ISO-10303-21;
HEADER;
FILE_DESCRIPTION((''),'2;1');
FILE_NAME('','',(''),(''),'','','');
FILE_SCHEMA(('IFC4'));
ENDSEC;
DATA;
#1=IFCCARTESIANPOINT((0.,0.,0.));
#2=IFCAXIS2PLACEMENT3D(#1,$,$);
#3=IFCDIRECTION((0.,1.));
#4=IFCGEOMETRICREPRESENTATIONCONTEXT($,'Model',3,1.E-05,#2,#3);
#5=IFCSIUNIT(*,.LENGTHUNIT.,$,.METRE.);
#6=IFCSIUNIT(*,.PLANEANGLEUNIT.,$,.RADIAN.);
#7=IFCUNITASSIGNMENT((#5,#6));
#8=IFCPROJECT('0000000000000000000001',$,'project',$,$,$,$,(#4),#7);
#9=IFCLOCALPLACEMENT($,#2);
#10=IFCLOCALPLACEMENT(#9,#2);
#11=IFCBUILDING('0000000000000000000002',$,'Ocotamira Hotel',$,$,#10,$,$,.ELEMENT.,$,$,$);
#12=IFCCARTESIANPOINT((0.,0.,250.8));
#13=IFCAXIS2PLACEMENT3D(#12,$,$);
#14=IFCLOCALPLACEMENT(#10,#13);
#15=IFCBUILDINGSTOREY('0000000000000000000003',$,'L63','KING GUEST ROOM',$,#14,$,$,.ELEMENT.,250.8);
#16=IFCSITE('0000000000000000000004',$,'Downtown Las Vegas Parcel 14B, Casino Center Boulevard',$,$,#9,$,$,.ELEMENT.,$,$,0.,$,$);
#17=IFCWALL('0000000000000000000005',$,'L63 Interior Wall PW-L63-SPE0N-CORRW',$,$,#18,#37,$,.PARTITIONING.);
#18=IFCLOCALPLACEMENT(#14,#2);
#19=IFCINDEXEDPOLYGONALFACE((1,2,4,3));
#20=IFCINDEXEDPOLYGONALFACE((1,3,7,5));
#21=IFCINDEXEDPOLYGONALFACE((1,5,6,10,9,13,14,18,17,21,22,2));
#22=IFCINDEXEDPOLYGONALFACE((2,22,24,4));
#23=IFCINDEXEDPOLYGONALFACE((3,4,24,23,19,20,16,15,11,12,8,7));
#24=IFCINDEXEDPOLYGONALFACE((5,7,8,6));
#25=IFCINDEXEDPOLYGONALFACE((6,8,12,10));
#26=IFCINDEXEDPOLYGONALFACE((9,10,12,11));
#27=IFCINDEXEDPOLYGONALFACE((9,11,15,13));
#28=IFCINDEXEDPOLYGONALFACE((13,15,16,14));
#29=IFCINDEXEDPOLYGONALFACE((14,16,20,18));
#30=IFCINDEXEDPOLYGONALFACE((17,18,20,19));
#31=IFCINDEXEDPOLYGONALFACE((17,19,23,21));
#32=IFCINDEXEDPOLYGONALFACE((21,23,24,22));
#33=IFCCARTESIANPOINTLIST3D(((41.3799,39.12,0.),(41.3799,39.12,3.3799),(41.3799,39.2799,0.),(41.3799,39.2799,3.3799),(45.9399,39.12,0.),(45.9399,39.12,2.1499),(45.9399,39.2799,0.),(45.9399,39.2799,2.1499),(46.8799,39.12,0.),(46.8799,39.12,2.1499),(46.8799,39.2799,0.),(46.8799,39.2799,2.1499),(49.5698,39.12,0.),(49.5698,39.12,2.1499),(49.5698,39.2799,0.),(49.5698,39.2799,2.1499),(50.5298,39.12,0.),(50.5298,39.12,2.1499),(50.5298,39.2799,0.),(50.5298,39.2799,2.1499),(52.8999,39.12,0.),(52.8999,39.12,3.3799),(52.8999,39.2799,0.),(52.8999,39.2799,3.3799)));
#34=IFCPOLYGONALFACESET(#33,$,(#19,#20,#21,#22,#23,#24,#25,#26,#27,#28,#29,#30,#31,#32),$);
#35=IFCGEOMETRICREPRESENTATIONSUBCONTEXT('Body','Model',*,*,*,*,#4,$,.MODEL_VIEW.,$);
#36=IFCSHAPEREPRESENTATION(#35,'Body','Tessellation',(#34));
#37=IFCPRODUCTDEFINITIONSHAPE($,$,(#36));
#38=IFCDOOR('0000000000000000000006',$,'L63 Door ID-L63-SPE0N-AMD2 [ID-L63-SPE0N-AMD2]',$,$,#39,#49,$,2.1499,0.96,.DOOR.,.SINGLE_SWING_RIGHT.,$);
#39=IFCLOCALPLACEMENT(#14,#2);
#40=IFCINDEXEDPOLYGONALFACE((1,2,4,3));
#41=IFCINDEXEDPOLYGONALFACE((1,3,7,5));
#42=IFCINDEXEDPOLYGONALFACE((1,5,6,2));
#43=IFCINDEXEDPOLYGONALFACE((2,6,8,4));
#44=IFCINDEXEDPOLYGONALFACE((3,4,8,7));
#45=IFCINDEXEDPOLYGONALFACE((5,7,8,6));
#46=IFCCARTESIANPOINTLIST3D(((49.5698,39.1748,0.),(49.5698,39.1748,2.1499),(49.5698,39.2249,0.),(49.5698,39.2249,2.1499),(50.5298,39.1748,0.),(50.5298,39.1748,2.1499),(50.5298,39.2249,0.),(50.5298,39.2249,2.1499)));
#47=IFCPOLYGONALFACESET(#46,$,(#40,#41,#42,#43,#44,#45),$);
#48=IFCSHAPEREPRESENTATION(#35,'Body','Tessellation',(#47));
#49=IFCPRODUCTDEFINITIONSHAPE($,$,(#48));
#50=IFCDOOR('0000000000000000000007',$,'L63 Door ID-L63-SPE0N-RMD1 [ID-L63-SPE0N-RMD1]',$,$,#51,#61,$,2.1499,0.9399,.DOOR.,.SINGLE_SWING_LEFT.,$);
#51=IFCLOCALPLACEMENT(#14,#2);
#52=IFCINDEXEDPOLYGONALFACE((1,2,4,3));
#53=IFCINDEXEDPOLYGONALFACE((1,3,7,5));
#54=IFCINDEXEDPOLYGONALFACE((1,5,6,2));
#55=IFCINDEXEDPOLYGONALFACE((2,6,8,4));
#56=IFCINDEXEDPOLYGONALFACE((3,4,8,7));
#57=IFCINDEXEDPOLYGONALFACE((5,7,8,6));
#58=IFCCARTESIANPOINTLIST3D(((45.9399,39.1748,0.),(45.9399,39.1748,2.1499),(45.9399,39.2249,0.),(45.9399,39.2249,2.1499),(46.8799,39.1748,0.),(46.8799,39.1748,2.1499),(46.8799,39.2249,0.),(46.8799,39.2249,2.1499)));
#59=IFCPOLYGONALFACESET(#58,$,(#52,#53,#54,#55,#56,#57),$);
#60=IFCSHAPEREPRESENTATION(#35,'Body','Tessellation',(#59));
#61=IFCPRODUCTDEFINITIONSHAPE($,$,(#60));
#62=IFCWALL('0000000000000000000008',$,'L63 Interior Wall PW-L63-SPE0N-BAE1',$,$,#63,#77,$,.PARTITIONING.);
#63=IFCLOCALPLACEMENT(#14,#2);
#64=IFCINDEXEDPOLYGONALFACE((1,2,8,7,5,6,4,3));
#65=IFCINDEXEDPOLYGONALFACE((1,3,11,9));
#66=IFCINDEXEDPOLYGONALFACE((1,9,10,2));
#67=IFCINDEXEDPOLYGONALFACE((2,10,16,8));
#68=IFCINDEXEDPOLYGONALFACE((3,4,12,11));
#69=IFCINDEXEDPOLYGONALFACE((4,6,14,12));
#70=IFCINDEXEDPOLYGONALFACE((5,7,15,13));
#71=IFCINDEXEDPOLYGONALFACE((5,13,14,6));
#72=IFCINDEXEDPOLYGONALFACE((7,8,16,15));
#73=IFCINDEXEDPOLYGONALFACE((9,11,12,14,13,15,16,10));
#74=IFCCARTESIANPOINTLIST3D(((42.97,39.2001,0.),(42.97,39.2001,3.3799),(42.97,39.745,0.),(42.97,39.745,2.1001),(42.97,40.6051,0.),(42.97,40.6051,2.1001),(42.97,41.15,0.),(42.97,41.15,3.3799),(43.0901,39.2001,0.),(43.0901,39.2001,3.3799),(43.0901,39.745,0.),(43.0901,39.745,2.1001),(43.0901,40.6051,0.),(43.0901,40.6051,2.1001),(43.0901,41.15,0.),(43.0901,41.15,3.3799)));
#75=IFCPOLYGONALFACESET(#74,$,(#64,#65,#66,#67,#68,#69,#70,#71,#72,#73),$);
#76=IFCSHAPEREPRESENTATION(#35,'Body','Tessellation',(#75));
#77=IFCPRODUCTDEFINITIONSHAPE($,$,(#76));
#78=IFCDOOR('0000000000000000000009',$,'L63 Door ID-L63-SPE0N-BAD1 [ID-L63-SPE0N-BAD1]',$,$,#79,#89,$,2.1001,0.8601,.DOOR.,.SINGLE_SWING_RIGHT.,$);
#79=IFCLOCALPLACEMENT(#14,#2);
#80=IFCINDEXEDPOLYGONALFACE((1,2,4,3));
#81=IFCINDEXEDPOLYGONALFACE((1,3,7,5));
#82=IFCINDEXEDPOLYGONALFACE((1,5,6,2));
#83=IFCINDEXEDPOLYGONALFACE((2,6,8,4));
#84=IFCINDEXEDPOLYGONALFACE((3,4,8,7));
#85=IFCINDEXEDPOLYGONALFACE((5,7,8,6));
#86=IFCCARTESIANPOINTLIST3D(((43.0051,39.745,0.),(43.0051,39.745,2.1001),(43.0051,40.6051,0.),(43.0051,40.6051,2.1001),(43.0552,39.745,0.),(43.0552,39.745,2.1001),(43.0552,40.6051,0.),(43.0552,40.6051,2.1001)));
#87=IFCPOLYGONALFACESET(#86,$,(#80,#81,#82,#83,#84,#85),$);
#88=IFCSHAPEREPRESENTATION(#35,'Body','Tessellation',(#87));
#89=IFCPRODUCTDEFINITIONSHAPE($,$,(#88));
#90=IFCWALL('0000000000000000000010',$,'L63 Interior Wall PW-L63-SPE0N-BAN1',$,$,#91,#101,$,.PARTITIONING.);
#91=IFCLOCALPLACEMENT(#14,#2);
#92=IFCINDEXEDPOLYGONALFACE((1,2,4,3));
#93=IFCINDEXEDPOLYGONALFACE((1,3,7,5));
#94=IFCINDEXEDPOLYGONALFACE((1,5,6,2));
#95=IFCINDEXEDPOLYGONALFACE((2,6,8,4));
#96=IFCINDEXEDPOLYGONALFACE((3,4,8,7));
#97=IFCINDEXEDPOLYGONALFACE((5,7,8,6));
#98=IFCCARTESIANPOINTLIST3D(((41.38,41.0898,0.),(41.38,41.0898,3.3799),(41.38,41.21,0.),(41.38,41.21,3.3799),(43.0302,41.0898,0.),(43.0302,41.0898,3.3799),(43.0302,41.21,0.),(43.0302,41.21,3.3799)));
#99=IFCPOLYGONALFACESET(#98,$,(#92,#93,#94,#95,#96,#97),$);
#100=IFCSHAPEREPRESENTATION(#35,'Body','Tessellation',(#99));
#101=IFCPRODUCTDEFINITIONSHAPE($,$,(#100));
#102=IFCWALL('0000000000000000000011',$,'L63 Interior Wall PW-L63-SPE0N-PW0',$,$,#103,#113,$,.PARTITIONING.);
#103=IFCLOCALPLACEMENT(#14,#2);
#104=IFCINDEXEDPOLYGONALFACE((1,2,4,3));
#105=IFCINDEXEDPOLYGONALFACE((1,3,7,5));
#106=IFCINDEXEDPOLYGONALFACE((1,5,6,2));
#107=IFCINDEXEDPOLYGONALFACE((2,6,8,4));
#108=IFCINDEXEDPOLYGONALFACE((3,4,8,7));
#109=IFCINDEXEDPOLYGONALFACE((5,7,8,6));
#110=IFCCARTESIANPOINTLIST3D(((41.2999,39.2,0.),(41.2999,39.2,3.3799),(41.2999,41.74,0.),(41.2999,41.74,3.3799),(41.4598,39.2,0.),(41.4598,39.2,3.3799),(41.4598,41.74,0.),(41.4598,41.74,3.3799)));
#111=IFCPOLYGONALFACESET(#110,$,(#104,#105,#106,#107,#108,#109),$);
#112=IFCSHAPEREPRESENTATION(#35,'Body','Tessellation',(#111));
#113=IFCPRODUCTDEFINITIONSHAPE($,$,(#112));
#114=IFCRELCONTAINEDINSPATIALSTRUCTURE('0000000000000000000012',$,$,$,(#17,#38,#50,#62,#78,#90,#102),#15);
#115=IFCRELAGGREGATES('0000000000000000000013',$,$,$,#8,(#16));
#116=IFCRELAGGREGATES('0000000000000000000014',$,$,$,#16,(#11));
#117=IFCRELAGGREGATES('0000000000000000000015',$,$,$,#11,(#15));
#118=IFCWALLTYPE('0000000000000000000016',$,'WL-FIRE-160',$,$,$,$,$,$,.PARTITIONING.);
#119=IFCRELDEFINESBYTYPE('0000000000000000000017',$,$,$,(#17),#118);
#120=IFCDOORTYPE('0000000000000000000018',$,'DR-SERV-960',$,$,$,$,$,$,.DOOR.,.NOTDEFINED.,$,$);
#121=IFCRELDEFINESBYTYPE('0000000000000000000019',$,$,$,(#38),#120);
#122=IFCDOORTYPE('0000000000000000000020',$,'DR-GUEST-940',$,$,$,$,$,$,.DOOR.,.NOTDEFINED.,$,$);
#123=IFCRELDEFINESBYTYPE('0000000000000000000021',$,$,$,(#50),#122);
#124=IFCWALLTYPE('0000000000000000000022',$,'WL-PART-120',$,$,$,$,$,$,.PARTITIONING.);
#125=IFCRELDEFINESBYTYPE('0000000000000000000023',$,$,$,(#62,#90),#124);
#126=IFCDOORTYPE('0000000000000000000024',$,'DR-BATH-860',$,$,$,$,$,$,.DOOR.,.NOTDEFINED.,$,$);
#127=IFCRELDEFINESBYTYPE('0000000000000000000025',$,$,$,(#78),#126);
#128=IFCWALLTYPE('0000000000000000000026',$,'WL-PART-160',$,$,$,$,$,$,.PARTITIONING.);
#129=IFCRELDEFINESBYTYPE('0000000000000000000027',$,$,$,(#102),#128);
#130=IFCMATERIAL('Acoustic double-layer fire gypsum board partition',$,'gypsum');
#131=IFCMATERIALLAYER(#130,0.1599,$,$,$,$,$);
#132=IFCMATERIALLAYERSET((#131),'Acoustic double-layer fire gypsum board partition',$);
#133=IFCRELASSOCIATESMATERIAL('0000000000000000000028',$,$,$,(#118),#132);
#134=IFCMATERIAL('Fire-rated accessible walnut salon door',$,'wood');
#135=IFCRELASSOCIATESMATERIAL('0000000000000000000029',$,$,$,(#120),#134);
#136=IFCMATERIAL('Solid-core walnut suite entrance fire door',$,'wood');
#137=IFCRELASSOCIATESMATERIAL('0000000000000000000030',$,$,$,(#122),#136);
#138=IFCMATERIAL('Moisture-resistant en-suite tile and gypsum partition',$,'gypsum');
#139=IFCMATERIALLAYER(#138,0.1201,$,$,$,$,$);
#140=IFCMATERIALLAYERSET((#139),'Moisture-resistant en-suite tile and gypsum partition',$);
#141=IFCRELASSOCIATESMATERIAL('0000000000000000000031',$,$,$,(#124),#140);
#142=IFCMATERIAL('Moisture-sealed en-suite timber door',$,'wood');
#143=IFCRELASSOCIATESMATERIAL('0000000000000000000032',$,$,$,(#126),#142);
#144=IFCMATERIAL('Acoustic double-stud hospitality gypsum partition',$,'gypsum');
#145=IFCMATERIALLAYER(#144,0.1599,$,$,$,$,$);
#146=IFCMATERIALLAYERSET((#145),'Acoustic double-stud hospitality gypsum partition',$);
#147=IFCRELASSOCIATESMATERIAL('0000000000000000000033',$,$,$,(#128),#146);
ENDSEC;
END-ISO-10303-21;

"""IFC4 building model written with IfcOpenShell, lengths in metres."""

from ifc_helpers import new_model, si_unit, direction, frame, frame_2d, origin, place, context, subcontext, project, spatial, rectangle, extrude, source, transform, mapped, material, layer, layer_set, type_object, element, fill, save


model = new_model("IFC4")

# Units and contexts
model_context = context("Model", 3, precision=1e-05, world=origin(), true_north=direction((0.0, 1.0)))
body_context = subcontext(model_context, "Body", "Model", "MODEL_VIEW")
ifc_project = project(units=[si_unit("LENGTHUNIT", "METRE"), si_unit("PLANEANGLEUNIT", "RADIAN")], contexts=[model_context])

# Site, building, storey
site_placement = place(None, origin())
site = spatial("IfcSite", under=ifc_project, at=site_placement, Name="Downtown Las Vegas Parcel 14B, Casino Center Boulevard", CompositionType="ELEMENT", RefElevation=0.0)
building_placement = place(site_placement, origin())
building = spatial("IfcBuilding", under=site, at=building_placement, Name="Ocotamira Hotel", CompositionType="ELEMENT")
storey_placement = place(building_placement, frame((0.0, 0.0, 250.8)))
storey = spatial("IfcBuildingStorey", under=building, at=storey_placement, Name="L63", Description="KING GUEST ROOM", CompositionType="ELEMENT", Elevation=250.8)

# Wall, openings, doors
ifc_material_1 = material(Name="Acoustic double-layer fire gypsum board partition", Category="gypsum")
ifc_layer_1 = layer(ifc_material_1, 0.1599)
ifc_layer_set_1 = layer_set([ifc_layer_1], Name="Acoustic double-layer fire gypsum board partition")
wall_type_1 = type_object("IfcWallType", Name="WL-FIRE-160", PredefinedType="PARTITIONING", material=ifc_layer_set_1)
wall_1_placement = place(storey_placement, frame((41.3799, 39.2, 0.0), z_axis=(0.0, 0.0, 1.0), x_axis=(1.0, 0.0, 0.0)))
wall_1 = element("IfcWall", 1, at=wall_1_placement, inside=storey, type_object=wall_type_1, Name="L63 Interior Wall PW-L63-SPE0N-CORRW", PredefinedType="PARTITIONING", context=body_context, shape_type="SweptSolid", body=[
    extrude(rectangle(XDim=11.52, YDim=0.1599, at=frame_2d((5.76, 0.0))), origin(), (0.0, 0.0, 1.0), 3.3799),
])
opening_1_placement = place(wall_1_placement, frame((4.5601, 0.0, 0.0)))
opening_1 = element("IfcOpeningElement", 2, at=opening_1_placement, cuts=wall_1, PredefinedType="OPENING", context=body_context, shape_type="SweptSolid", body=[
    extrude(rectangle(XDim=0.9399, YDim=2.1499, at=frame_2d((0.47, 1.075))), frame((0.0, 0.0898, 0.0), z_axis=(0.0, -1.0, 0.0), x_axis=(1.0, 0.0, 0.0)), (0.0, 0.0, 1.0), 0.1799),
])
opening_2_placement = place(wall_1_placement, frame((8.1899, 0.0, 0.0)))
opening_2 = element("IfcOpeningElement", 3, at=opening_2_placement, cuts=wall_1, PredefinedType="OPENING", context=body_context, shape_type="SweptSolid", body=[
    extrude(rectangle(XDim=0.96, YDim=2.1499, at=frame_2d((0.48, 1.075))), frame((0.0, 0.0898, 0.0), z_axis=(0.0, -1.0, 0.0), x_axis=(1.0, 0.0, 0.0)), (0.0, 0.0, 1.0), 0.1799),
])
ifc_material_2 = material(Name="Fire-rated accessible walnut salon door", Category="wood")
door_type_1 = type_object("IfcDoorType", Name="DR-SERV-960", OperationType="NOTDEFINED", PredefinedType="DOOR", material=ifc_material_2)
shared_shape_1 = source(origin(), body_context, "Body", "SweptSolid", [
    extrude(rectangle(XDim=0.96, YDim=2.1499, at=frame_2d((0.48, 1.075))), frame((0.0, 0.0249, 0.0), z_axis=(0.0, -1.0, 0.0), x_axis=(1.0, 0.0, 0.0)), (0.0, 0.0, 1.0), 0.05),
])
door_1_placement = place(opening_2_placement, origin())
door_1 = element("IfcDoor", 4, at=door_1_placement, inside=storey, type_object=door_type_1, Name="L63 Door ID-L63-SPE0N-AMD2 [ID-L63-SPE0N-AMD2]", OperationType="SINGLE_SWING_RIGHT", OverallHeight=2.1499, OverallWidth=0.96, PredefinedType="DOOR", context=body_context, shape_type="MappedRepresentation", body=[
    mapped(shared_shape_1, transform((0.0, 0.0, 0.0), scale=1.0)),
])
fill(opening_2, door_1)
ifc_material_3 = material(Name="Solid-core walnut suite entrance fire door", Category="wood")
door_type_2 = type_object("IfcDoorType", Name="DR-GUEST-940", OperationType="NOTDEFINED", PredefinedType="DOOR", material=ifc_material_3)
shared_shape_2 = source(origin(), body_context, "Body", "SweptSolid", [
    extrude(rectangle(XDim=0.9399, YDim=2.1499, at=frame_2d((0.47, 1.075))), frame((0.0, 0.0249, 0.0), z_axis=(0.0, -1.0, 0.0), x_axis=(1.0, 0.0, 0.0)), (0.0, 0.0, 1.0), 0.05),
])
door_2_placement = place(opening_1_placement, origin())
door_2 = element("IfcDoor", 5, at=door_2_placement, inside=storey, type_object=door_type_2, Name="L63 Door ID-L63-SPE0N-RMD1 [ID-L63-SPE0N-RMD1]", OperationType="SINGLE_SWING_LEFT", OverallHeight=2.1499, OverallWidth=0.9399, PredefinedType="DOOR", context=body_context, shape_type="MappedRepresentation", body=[
    mapped(shared_shape_2, transform((0.0, 0.0, 0.0), scale=1.0)),
])
fill(opening_1, door_2)

# Wall, opening, door
ifc_material_4 = material(Name="Moisture-resistant en-suite tile and gypsum partition", Category="gypsum")
ifc_layer_2 = layer(ifc_material_4, 0.1201)
ifc_layer_set_2 = layer_set([ifc_layer_2], Name="Moisture-resistant en-suite tile and gypsum partition")
wall_type_2 = type_object("IfcWallType", Name="WL-PART-120", PredefinedType="PARTITIONING", material=ifc_layer_set_2)
wall_2_placement = place(storey_placement, frame((43.03, 39.2, 0.0), z_axis=(0.0, 0.0, 1.0), x_axis=(0.0, 1.0, 0.0)))
wall_2 = element("IfcWall", 6, at=wall_2_placement, inside=storey, type_object=wall_type_2, Name="L63 Interior Wall PW-L63-SPE0N-BAE1", PredefinedType="PARTITIONING", context=body_context, shape_type="SweptSolid", body=[
    extrude(rectangle(XDim=1.95, YDim=0.1201, at=frame_2d((0.9751, 0.0))), origin(), (0.0, 0.0, 1.0), 3.3799),
])
opening_3_placement = place(wall_2_placement, frame((0.5449, 0.0, 0.0)))
opening_3 = element("IfcOpeningElement", 7, at=opening_3_placement, cuts=wall_2, PredefinedType="OPENING", context=body_context, shape_type="SweptSolid", body=[
    extrude(rectangle(XDim=0.8601, YDim=2.1001, at=frame_2d((0.4302, 1.05))), frame((0.0, 0.0701, 0.0), z_axis=(0.0, -1.0, 0.0), x_axis=(1.0, 0.0, 0.0)), (0.0, 0.0, 1.0), 0.1401),
])
ifc_material_5 = material(Name="Moisture-sealed en-suite timber door", Category="wood")
door_type_3 = type_object("IfcDoorType", Name="DR-BATH-860", OperationType="NOTDEFINED", PredefinedType="DOOR", material=ifc_material_5)
shared_shape_3 = source(origin(), body_context, "Body", "SweptSolid", [
    extrude(rectangle(XDim=0.8601, YDim=2.1001, at=frame_2d((0.4302, 1.05))), frame((0.0, 0.0249, 0.0), z_axis=(0.0, -1.0, 0.0), x_axis=(1.0, 0.0, 0.0)), (0.0, 0.0, 1.0), 0.05),
])
door_3_placement = place(opening_3_placement, origin())
door_3 = element("IfcDoor", 8, at=door_3_placement, inside=storey, type_object=door_type_3, Name="L63 Door ID-L63-SPE0N-BAD1 [ID-L63-SPE0N-BAD1]", OperationType="SINGLE_SWING_RIGHT", OverallHeight=2.1001, OverallWidth=0.8601, PredefinedType="DOOR", context=body_context, shape_type="MappedRepresentation", body=[
    mapped(shared_shape_3, transform((0.0, 0.0, 0.0), scale=1.0)),
])
fill(opening_3, door_3)

# Walls
wall_3_placement = place(storey_placement, frame((41.3799, 41.1499, 0.0), z_axis=(0.0, 0.0, 1.0), x_axis=(1.0, 0.0, 0.0)))
element("IfcWall", 9, at=wall_3_placement, inside=storey, type_object=wall_type_2, Name="L63 Interior Wall PW-L63-SPE0N-BAN1", PredefinedType="PARTITIONING", context=body_context, shape_type="SweptSolid", body=[
    extrude(rectangle(XDim=1.6501, YDim=0.1201, at=frame_2d((0.8252, 0.0))), origin(), (0.0, 0.0, 1.0), 3.3799),
])
ifc_material_6 = material(Name="Acoustic double-stud hospitality gypsum partition", Category="gypsum")
ifc_layer_3 = layer(ifc_material_6, 0.1599)
ifc_layer_set_3 = layer_set([ifc_layer_3], Name="Acoustic double-stud hospitality gypsum partition")
wall_type_3 = type_object("IfcWallType", Name="WL-PART-160", PredefinedType="PARTITIONING", material=ifc_layer_set_3)
wall_4_placement = place(storey_placement, frame((41.3799, 39.2, 0.0), z_axis=(0.0, 0.0, 1.0), x_axis=(0.0, 1.0, 0.0)))
element("IfcWall", 10, at=wall_4_placement, inside=storey, type_object=wall_type_3, Name="L63 Interior Wall PW-L63-SPE0N-PW0", PredefinedType="PARTITIONING", context=body_context, shape_type="SweptSolid", body=[
    extrude(rectangle(XDim=2.54, YDim=0.1599, at=frame_2d((1.27, 0.0))), origin(), (0.0, 0.0, 1.0), 3.3799),
])

save(model, "model.ifc")
